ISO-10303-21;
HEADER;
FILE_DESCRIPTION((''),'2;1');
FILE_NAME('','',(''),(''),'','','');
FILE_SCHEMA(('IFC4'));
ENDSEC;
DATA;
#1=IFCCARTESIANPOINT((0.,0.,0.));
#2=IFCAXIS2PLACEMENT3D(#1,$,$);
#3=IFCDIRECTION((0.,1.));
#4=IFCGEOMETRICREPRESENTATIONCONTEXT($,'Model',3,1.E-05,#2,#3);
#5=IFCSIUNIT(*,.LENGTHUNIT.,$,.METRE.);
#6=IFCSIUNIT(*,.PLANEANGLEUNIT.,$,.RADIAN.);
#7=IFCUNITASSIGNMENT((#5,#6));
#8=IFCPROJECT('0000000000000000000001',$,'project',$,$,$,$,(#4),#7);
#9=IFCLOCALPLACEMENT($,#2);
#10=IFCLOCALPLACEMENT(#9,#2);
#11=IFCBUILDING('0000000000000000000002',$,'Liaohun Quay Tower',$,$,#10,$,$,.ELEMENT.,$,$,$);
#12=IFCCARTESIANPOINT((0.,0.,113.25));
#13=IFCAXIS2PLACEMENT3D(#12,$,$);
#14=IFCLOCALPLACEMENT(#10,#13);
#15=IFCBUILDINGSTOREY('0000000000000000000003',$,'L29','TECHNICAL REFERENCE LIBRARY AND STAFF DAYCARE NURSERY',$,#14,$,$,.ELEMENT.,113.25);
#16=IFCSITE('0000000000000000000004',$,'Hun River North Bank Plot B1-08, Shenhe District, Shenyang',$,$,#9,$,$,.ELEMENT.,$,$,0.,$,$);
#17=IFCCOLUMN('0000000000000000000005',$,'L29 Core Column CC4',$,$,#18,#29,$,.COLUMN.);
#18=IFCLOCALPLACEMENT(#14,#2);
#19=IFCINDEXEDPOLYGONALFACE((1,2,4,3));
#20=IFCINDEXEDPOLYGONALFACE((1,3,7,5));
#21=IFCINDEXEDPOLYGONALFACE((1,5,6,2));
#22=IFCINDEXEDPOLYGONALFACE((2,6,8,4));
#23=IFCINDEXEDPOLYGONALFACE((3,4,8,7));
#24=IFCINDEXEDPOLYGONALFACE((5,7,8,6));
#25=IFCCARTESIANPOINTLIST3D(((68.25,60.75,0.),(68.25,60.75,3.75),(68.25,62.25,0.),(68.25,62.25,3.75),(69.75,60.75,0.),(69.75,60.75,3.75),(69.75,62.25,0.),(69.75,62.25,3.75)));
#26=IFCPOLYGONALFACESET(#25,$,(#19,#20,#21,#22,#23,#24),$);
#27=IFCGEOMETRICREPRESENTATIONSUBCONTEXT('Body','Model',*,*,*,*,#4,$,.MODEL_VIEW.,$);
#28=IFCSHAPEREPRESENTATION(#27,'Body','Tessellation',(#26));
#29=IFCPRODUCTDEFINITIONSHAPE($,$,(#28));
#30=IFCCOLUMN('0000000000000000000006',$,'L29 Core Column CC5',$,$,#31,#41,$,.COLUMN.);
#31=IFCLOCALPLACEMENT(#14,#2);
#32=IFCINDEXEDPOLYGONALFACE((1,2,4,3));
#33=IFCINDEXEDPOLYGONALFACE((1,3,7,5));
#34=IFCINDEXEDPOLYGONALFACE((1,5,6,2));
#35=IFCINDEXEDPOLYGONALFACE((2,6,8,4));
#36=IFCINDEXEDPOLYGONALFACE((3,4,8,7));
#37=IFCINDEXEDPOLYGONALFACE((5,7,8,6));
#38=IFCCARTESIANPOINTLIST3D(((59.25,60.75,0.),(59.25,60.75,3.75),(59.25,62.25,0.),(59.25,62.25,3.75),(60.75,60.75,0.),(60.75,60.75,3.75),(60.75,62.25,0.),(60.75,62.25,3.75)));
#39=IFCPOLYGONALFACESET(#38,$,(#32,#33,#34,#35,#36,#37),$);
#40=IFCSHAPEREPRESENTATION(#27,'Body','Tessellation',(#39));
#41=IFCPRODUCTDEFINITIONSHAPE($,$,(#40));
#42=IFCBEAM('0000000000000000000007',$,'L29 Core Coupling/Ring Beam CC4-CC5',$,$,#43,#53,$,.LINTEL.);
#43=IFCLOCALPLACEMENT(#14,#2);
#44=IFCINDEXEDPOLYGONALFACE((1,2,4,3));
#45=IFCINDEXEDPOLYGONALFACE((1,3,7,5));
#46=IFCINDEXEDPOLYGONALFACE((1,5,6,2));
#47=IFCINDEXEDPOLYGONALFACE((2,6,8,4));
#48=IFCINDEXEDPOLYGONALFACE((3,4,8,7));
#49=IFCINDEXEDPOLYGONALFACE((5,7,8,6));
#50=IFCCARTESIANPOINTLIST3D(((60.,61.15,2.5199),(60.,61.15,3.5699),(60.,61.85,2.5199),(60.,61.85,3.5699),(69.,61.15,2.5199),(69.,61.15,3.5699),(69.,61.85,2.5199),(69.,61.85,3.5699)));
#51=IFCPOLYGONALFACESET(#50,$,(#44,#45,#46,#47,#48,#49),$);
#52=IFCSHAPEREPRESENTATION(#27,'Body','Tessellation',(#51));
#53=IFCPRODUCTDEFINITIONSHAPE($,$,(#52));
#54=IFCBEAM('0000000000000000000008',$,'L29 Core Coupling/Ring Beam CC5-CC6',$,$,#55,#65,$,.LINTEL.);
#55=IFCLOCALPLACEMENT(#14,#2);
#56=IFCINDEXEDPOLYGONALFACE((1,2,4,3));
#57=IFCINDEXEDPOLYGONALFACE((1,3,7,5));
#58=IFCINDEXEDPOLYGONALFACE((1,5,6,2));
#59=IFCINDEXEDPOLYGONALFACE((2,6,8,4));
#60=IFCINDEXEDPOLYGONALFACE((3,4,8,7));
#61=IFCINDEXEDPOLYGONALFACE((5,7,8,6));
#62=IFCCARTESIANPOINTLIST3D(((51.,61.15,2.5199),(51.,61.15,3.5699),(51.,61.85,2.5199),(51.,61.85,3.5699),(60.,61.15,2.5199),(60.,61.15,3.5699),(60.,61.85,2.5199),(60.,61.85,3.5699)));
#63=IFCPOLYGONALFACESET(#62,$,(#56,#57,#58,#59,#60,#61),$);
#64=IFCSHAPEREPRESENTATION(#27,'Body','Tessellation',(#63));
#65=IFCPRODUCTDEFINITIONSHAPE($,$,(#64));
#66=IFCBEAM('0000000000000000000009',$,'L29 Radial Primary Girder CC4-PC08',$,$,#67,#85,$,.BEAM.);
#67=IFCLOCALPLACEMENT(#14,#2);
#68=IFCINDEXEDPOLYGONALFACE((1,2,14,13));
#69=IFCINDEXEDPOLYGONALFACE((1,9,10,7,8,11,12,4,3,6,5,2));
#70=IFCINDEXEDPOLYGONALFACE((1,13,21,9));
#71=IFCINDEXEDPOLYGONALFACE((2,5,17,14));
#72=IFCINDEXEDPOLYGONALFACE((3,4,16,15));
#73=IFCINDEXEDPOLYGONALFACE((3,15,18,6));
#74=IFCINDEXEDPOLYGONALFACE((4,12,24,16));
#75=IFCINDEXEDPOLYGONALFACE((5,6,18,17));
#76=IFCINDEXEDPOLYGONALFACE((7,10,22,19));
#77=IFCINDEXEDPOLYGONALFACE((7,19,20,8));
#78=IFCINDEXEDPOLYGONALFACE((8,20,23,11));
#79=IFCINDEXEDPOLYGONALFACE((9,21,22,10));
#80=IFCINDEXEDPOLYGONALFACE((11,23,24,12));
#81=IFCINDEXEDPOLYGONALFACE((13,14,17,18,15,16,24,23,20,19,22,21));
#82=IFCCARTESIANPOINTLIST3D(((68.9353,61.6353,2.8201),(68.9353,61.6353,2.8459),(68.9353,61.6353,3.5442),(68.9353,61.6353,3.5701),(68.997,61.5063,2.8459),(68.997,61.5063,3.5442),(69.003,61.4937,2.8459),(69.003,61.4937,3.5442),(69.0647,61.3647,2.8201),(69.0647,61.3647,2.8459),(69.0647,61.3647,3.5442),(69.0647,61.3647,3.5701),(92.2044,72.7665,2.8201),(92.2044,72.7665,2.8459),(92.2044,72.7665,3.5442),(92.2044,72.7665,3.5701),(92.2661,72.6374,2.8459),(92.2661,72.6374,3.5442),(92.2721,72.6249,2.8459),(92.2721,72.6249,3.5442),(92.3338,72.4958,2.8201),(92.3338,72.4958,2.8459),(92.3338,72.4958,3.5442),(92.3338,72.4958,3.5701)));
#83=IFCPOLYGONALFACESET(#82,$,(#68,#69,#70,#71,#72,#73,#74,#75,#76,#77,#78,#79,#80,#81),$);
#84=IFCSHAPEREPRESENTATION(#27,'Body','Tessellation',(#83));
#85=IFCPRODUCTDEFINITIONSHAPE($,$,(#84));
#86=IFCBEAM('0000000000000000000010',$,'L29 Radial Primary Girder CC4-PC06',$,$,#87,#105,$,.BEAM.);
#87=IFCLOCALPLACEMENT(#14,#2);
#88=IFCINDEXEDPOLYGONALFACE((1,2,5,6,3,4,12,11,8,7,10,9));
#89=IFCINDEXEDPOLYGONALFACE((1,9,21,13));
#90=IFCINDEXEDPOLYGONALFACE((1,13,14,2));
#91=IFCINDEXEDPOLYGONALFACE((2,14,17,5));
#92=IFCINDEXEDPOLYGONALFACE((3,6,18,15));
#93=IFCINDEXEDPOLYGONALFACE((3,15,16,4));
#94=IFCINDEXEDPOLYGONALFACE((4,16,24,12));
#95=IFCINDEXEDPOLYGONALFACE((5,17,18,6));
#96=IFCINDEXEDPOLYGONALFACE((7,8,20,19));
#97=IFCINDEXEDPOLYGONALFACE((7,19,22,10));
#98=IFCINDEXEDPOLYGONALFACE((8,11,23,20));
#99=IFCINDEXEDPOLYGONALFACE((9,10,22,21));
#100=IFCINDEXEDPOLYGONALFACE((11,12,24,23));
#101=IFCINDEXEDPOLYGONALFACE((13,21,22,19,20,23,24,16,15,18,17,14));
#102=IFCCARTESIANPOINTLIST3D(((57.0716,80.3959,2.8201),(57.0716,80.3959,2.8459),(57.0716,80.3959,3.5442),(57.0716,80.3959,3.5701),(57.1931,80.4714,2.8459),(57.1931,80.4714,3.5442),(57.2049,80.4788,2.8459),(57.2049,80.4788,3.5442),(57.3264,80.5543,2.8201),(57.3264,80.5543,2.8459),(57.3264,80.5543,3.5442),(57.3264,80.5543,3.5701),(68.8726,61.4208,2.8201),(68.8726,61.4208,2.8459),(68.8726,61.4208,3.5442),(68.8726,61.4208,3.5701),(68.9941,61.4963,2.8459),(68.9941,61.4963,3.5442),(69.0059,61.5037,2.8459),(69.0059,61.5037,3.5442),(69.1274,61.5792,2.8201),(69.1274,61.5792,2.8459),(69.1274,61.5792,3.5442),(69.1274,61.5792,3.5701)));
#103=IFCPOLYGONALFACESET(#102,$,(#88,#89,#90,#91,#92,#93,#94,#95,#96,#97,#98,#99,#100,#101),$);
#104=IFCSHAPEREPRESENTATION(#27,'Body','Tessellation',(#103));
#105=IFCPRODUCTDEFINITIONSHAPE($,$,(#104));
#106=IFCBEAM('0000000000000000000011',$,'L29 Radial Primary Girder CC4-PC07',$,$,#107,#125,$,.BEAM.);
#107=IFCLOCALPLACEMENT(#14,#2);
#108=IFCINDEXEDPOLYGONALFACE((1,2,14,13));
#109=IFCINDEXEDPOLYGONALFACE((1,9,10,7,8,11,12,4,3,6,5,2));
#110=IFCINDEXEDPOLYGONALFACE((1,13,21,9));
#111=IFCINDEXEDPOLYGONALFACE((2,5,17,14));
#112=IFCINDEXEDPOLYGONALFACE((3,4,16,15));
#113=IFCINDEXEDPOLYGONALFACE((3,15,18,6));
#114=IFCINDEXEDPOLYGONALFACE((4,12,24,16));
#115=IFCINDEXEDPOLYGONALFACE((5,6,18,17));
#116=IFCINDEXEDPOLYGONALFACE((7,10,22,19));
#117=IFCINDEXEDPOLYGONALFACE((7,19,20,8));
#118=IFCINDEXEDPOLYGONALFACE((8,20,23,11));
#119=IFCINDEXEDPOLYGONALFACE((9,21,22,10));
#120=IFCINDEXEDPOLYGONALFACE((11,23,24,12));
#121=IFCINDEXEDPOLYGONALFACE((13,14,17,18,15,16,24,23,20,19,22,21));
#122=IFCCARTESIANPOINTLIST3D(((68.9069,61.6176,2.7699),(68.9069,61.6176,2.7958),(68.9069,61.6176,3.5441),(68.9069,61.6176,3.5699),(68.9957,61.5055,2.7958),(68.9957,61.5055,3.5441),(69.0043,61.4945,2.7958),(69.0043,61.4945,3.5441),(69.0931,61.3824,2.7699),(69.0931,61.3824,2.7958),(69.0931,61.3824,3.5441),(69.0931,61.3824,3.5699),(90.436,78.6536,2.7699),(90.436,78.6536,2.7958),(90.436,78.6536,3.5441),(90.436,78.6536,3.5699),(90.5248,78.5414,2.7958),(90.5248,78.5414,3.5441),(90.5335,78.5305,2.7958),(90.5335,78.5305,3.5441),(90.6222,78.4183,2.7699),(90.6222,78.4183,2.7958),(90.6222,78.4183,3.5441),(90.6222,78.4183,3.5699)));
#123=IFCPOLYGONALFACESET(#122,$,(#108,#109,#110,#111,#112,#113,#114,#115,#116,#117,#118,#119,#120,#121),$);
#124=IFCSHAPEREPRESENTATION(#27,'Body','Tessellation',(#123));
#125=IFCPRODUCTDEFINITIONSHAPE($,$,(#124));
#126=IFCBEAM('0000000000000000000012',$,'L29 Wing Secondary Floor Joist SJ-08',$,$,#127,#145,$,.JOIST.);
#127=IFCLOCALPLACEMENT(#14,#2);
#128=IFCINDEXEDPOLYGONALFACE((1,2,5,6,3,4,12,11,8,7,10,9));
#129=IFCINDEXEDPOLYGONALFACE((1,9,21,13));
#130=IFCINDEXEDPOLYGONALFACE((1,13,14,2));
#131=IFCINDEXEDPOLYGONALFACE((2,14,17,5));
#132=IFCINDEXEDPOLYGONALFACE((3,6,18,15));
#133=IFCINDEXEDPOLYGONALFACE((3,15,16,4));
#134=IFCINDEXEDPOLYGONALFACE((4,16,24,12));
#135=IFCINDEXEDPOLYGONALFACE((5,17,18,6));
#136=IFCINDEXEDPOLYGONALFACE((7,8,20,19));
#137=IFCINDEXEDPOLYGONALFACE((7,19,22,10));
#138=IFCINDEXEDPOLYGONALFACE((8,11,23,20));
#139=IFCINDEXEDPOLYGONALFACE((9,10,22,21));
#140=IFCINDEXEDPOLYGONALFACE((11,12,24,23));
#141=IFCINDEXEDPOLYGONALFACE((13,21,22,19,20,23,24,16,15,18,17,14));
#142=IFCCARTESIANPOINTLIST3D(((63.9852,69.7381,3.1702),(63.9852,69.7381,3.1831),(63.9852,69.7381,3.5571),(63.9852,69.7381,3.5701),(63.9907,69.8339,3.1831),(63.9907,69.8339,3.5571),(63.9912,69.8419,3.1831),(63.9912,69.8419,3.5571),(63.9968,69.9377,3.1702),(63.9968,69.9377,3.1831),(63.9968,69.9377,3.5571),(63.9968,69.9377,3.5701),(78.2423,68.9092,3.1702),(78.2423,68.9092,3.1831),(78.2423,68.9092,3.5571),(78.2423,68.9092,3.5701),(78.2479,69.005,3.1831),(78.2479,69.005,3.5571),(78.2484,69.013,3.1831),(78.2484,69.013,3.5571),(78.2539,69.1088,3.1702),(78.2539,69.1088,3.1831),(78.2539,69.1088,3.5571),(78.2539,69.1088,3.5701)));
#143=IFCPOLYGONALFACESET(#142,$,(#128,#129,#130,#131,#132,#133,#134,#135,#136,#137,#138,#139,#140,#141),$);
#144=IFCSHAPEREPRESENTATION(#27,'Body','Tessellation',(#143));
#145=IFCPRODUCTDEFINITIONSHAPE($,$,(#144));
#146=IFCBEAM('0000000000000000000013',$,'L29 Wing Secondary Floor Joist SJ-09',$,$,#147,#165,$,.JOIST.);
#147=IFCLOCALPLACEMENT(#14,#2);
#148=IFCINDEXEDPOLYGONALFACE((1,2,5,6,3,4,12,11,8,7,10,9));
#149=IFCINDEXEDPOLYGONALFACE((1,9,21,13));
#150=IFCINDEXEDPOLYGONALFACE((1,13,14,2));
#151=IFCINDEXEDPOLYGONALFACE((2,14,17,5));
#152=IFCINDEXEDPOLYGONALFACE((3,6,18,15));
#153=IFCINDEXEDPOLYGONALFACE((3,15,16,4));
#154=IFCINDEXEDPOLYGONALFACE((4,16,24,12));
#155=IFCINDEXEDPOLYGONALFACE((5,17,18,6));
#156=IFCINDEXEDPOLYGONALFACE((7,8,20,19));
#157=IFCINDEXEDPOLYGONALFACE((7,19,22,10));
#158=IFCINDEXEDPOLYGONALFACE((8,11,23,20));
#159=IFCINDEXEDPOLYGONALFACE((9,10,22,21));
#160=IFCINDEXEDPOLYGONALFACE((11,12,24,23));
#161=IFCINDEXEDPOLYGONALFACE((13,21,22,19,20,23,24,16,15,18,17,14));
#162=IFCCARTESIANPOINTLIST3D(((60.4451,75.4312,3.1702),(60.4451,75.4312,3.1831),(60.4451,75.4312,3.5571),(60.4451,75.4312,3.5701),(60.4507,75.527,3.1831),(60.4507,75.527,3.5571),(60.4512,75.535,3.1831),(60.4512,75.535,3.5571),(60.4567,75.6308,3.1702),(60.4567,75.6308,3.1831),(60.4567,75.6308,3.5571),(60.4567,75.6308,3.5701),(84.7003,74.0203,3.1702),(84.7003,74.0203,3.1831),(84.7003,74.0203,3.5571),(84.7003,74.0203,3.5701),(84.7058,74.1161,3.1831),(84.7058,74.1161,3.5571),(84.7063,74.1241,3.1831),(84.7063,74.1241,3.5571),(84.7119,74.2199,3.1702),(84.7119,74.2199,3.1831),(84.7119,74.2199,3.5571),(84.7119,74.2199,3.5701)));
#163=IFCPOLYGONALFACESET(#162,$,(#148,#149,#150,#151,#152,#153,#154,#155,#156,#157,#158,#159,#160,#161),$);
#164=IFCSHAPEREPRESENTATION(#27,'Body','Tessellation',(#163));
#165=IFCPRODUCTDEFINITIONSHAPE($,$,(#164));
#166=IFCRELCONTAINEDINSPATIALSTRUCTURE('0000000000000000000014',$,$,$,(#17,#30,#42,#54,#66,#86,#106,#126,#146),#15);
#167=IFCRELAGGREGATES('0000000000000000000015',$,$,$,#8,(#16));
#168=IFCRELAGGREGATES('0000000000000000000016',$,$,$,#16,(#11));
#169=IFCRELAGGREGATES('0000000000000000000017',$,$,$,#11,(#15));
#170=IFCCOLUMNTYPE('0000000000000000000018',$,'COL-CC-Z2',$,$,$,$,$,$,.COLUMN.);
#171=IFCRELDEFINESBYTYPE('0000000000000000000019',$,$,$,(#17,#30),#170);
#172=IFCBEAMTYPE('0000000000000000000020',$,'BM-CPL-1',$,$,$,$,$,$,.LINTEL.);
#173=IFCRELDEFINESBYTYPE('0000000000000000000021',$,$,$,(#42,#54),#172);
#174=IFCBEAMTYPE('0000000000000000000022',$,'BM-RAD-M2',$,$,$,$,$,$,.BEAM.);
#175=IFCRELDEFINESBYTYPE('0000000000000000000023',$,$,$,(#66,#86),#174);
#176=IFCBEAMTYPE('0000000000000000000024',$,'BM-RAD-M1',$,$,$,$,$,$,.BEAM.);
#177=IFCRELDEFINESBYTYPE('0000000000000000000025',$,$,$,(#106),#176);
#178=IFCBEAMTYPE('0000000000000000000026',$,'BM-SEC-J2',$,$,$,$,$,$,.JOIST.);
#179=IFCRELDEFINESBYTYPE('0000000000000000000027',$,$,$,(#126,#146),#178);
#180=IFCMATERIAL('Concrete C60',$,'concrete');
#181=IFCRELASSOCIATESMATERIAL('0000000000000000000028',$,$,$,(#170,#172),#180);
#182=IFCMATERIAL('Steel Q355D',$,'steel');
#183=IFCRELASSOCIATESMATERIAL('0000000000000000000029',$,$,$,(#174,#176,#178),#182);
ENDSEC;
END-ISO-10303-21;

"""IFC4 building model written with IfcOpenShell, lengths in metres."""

from ifc_helpers import new_model, si_unit, direction, frame, origin, origin_2d, place, context, subcontext, project, spatial, rectangle, i_section, extrude, source, transform, mapped, material, material_profile, profile_set, type_object, element, save


model = new_model("IFC4")

# Units and contexts
model_context = context("Model", 3, precision=1e-05, world=origin(), true_north=direction((0.0, 1.0)))
body_context = subcontext(model_context, "Body", "Model", "MODEL_VIEW")
ifc_project = project(units=[si_unit("LENGTHUNIT", "METRE"), si_unit("PLANEANGLEUNIT", "RADIAN")], contexts=[model_context])

# Site, building, storey
site_placement = place(None, origin())
site = spatial("IfcSite", under=ifc_project, at=site_placement, Name="Hun River North Bank Plot B1-08, Shenhe District, Shenyang", CompositionType="ELEMENT", RefElevation=0.0)
building_placement = place(site_placement, origin())
building = spatial("IfcBuilding", under=site, at=building_placement, Name="Liaohun Quay Tower", CompositionType="ELEMENT")
storey_placement = place(building_placement, frame((0.0, 0.0, 113.25)))
storey = spatial("IfcBuildingStorey", under=building, at=storey_placement, Name="L29", Description="TECHNICAL REFERENCE LIBRARY AND STAFF DAYCARE NURSERY", CompositionType="ELEMENT", Elevation=113.25)

# Columns
ifc_material_1 = material(Name="Concrete C60", Category="concrete")
ifc_material_profile_1 = material_profile(ifc_material_1, rectangle(XDim=1.5, YDim=1.5, at=origin_2d()), Name="RC1500x1500")
ifc_profile_set_1 = profile_set([ifc_material_profile_1], Name="Concrete C60")
column_type = type_object("IfcColumnType", Name="COL-CC-Z2", PredefinedType="COLUMN", material=ifc_profile_set_1)
shared_shape_1 = source(origin(), body_context, "Body", "SweptSolid", [
    extrude(rectangle(XDim=1.5, YDim=1.5, at=origin_2d()), origin(), (0.0, 0.0, 1.0), 3.75),
])
for number, where, z_axis, x_axis, name in (
    (1, (69.0, 61.5, 0.0), (0.0, 0.0, 1.0), (1.0, 0.0, 0.0), "L29 Core Column CC4"),
    (2, (60.0, 61.5, 0.0), (0.0, 0.0, 1.0), (1.0, 0.0, 0.0), "L29 Core Column CC5"),
):
    element("IfcColumn", number, at=place(storey_placement, frame(where, z_axis=z_axis, x_axis=x_axis)), inside=storey, type_object=column_type, Name=name, PredefinedType="COLUMN", context=body_context, shape_type="MappedRepresentation", body=[
        mapped(shared_shape_1, transform((0.0, 0.0, 0.0), x_axis=(1.0, 0.0, 0.0), y_axis=(0.0, 1.0, 0.0), z_axis=(0.0, 0.0, 1.0), scale=1.0)),
    ])

# Beams
ifc_material_profile_2 = material_profile(ifc_material_1, rectangle(XDim=0.7, YDim=1.05, at=origin_2d()), Name="RC700x1050")
ifc_profile_set_2 = profile_set([ifc_material_profile_2], Name="Concrete C60")
beam_type_1 = type_object("IfcBeamType", Name="BM-CPL-1", PredefinedType="LINTEL", material=ifc_profile_set_2)
shared_shape_2 = source(origin(), body_context, "Body", "SweptSolid", [
    extrude(rectangle(XDim=0.7, YDim=1.05, at=origin_2d()), origin(), (0.0, 0.0, 1.0), 9.0),
])
for number, where, z_axis, x_axis, name in (
    (3, (69.0, 61.5, 3.0449), (-1.0, 0.0, 0.0), (0.0, -1.0, 0.0), "L29 Core Coupling/Ring Beam CC4-CC5"),
    (4, (60.0, 61.5, 3.0449), (-1.0, 0.0, 0.0), (0.0, -1.0, 0.0), "L29 Core Coupling/Ring Beam CC5-CC6"),
):
    element("IfcBeam", number, at=place(storey_placement, frame(where, z_axis=z_axis, x_axis=x_axis)), inside=storey, type_object=beam_type_1, Name=name, PredefinedType="LINTEL", context=body_context, shape_type="MappedRepresentation", body=[
        mapped(shared_shape_2, transform((0.0, 0.0, 0.0), x_axis=(1.0, 0.0, 0.0), y_axis=(0.0, 1.0, 0.0), z_axis=(0.0, 0.0, 1.0), scale=1.0)),
    ])
ifc_material_2 = material(Name="Steel Q355D", Category="steel")
ifc_material_profile_3 = material_profile(ifc_material_2, i_section(OverallWidth=0.3, OverallDepth=0.75, WebThickness=0.0139, FlangeThickness=0.0259, at=origin_2d()), Name="HN750x300x14x26")
ifc_profile_set_3 = profile_set([ifc_material_profile_3], Name="Steel Q355D")
beam_type_2 = type_object("IfcBeamType", Name="BM-RAD-M2", PredefinedType="BEAM", material=ifc_profile_set_3)
shared_shape_3 = source(origin(), body_context, "Body", "SweptSolid", [
    extrude(i_section(OverallWidth=0.3, OverallDepth=0.75, WebThickness=0.0139, FlangeThickness=0.0259, at=origin_2d()), origin(), (0.0, 0.0, 1.0), 25.7944),
])
beam_1_placement = place(storey_placement, frame((69.0, 61.5, 3.1951), z_axis=(0.902098, 0.431532, 0.0), x_axis=(-0.431532, 0.902098, 0.0)))
element("IfcBeam", 5, at=beam_1_placement, inside=storey, type_object=beam_type_2, Name="L29 Radial Primary Girder CC4-PC08", PredefinedType="BEAM", context=body_context, shape_type="MappedRepresentation", body=[
    mapped(shared_shape_3, transform((0.0, 0.0, 0.0), x_axis=(1.0, 0.0, 0.0), y_axis=(0.0, 1.0, 0.0), z_axis=(0.0, 0.0, 1.0), scale=1.0)),
])
shared_shape_4 = source(origin(), body_context, "Body", "SweptSolid", [
    extrude(i_section(OverallWidth=0.3, OverallDepth=0.75, WebThickness=0.0139, FlangeThickness=0.0259, at=origin_2d()), origin(), (0.0, 0.0, 1.0), 22.3455),
])
beam_2_placement = place(storey_placement, frame((69.0, 61.5, 3.1951), z_axis=(-0.528118, 0.849171, 0.0), x_axis=(-0.849171, -0.528118, 0.0)))
element("IfcBeam", 6, at=beam_2_placement, inside=storey, type_object=beam_type_2, Name="L29 Radial Primary Girder CC4-PC06", PredefinedType="BEAM", context=body_context, shape_type="MappedRepresentation", body=[
    mapped(shared_shape_4, transform((0.0, 0.0, 0.0), x_axis=(1.0, 0.0, 0.0), y_axis=(0.0, 1.0, 0.0), z_axis=(0.0, 0.0, 1.0), scale=1.0)),
])
ifc_material_profile_4 = material_profile(ifc_material_2, i_section(OverallWidth=0.3, OverallDepth=0.8, WebThickness=0.0139, FlangeThickness=0.0259, at=origin_2d()), Name="HN800x300x14x26")
ifc_profile_set_4 = profile_set([ifc_material_profile_4], Name="Steel Q355D")
beam_type_3 = type_object("IfcBeamType", Name="BM-RAD-M1", PredefinedType="BEAM", material=ifc_profile_set_4)
shared_shape_5 = source(origin(), body_context, "Body", "SweptSolid", [
    extrude(i_section(OverallWidth=0.3, OverallDepth=0.8, WebThickness=0.0139, FlangeThickness=0.0259, at=origin_2d()), origin(), (0.0, 0.0, 1.0), 27.4541),
])
beam_3_placement = place(storey_placement, frame((69.0, 61.5, 3.1699), z_axis=(0.784187, 0.620525, 0.0), x_axis=(-0.620525, 0.784187, 0.0)))
element("IfcBeam", 7, at=beam_3_placement, inside=storey, type_object=beam_type_3, Name="L29 Radial Primary Girder CC4-PC07", PredefinedType="BEAM", context=body_context, shape_type="MappedRepresentation", body=[
    mapped(shared_shape_5, transform((0.0, 0.0, 0.0), x_axis=(1.0, 0.0, 0.0), y_axis=(0.0, 1.0, 0.0), z_axis=(0.0, 0.0, 1.0), scale=1.0)),
])
ifc_material_profile_5 = material_profile(ifc_material_2, i_section(OverallWidth=0.2, OverallDepth=0.3999, WebThickness=0.0081, FlangeThickness=0.0129, at=origin_2d()), Name="HN400x200x8x13")
ifc_profile_set_5 = profile_set([ifc_material_profile_5], Name="Steel Q355D")
beam_type_4 = type_object("IfcBeamType", Name="BM-SEC-J2", PredefinedType="JOIST", material=ifc_profile_set_5)
shared_shape_6 = source(origin(), body_context, "Body", "SweptSolid", [
    extrude(i_section(OverallWidth=0.2, OverallDepth=0.3999, WebThickness=0.0081, FlangeThickness=0.0129, at=origin_2d()), origin(), (0.0, 0.0, 1.0), 14.2812),
])
beam_4_placement = place(storey_placement, frame((63.991, 69.8379, 3.3701), z_axis=(0.998314, -0.058039, 0.0), x_axis=(0.058039, 0.998314, 0.0)))
element("IfcBeam", 8, at=beam_4_placement, inside=storey, type_object=beam_type_4, Name="L29 Wing Secondary Floor Joist SJ-08", PredefinedType="JOIST", context=body_context, shape_type="MappedRepresentation", body=[
    mapped(shared_shape_6, transform((0.0, 0.0, 0.0), x_axis=(1.0, 0.0, 0.0), y_axis=(0.0, 1.0, 0.0), z_axis=(0.0, 0.0, 1.0), scale=1.0)),
])
shared_shape_7 = source(origin(), body_context, "Body", "SweptSolid", [
    extrude(i_section(OverallWidth=0.2, OverallDepth=0.3999, WebThickness=0.0081, FlangeThickness=0.0129, at=origin_2d()), origin(), (0.0, 0.0, 1.0), 24.2961),
])
beam_5_placement = place(storey_placement, frame((60.4509, 75.531, 3.3701), z_axis=(0.998312, -0.058071, 0.0), x_axis=(0.058071, 0.998312, 0.0)))
element("IfcBeam", 9, at=beam_5_placement, inside=storey, type_object=beam_type_4, Name="L29 Wing Secondary Floor Joist SJ-09", PredefinedType="JOIST", context=body_context, shape_type="MappedRepresentation", body=[
    mapped(shared_shape_7, transform((0.0, 0.0, 0.0), x_axis=(1.0, 0.0, 0.0), y_axis=(0.0, 1.0, 0.0), z_axis=(0.0, 0.0, 1.0), scale=1.0)),
])

save(model, "model.ifc")
